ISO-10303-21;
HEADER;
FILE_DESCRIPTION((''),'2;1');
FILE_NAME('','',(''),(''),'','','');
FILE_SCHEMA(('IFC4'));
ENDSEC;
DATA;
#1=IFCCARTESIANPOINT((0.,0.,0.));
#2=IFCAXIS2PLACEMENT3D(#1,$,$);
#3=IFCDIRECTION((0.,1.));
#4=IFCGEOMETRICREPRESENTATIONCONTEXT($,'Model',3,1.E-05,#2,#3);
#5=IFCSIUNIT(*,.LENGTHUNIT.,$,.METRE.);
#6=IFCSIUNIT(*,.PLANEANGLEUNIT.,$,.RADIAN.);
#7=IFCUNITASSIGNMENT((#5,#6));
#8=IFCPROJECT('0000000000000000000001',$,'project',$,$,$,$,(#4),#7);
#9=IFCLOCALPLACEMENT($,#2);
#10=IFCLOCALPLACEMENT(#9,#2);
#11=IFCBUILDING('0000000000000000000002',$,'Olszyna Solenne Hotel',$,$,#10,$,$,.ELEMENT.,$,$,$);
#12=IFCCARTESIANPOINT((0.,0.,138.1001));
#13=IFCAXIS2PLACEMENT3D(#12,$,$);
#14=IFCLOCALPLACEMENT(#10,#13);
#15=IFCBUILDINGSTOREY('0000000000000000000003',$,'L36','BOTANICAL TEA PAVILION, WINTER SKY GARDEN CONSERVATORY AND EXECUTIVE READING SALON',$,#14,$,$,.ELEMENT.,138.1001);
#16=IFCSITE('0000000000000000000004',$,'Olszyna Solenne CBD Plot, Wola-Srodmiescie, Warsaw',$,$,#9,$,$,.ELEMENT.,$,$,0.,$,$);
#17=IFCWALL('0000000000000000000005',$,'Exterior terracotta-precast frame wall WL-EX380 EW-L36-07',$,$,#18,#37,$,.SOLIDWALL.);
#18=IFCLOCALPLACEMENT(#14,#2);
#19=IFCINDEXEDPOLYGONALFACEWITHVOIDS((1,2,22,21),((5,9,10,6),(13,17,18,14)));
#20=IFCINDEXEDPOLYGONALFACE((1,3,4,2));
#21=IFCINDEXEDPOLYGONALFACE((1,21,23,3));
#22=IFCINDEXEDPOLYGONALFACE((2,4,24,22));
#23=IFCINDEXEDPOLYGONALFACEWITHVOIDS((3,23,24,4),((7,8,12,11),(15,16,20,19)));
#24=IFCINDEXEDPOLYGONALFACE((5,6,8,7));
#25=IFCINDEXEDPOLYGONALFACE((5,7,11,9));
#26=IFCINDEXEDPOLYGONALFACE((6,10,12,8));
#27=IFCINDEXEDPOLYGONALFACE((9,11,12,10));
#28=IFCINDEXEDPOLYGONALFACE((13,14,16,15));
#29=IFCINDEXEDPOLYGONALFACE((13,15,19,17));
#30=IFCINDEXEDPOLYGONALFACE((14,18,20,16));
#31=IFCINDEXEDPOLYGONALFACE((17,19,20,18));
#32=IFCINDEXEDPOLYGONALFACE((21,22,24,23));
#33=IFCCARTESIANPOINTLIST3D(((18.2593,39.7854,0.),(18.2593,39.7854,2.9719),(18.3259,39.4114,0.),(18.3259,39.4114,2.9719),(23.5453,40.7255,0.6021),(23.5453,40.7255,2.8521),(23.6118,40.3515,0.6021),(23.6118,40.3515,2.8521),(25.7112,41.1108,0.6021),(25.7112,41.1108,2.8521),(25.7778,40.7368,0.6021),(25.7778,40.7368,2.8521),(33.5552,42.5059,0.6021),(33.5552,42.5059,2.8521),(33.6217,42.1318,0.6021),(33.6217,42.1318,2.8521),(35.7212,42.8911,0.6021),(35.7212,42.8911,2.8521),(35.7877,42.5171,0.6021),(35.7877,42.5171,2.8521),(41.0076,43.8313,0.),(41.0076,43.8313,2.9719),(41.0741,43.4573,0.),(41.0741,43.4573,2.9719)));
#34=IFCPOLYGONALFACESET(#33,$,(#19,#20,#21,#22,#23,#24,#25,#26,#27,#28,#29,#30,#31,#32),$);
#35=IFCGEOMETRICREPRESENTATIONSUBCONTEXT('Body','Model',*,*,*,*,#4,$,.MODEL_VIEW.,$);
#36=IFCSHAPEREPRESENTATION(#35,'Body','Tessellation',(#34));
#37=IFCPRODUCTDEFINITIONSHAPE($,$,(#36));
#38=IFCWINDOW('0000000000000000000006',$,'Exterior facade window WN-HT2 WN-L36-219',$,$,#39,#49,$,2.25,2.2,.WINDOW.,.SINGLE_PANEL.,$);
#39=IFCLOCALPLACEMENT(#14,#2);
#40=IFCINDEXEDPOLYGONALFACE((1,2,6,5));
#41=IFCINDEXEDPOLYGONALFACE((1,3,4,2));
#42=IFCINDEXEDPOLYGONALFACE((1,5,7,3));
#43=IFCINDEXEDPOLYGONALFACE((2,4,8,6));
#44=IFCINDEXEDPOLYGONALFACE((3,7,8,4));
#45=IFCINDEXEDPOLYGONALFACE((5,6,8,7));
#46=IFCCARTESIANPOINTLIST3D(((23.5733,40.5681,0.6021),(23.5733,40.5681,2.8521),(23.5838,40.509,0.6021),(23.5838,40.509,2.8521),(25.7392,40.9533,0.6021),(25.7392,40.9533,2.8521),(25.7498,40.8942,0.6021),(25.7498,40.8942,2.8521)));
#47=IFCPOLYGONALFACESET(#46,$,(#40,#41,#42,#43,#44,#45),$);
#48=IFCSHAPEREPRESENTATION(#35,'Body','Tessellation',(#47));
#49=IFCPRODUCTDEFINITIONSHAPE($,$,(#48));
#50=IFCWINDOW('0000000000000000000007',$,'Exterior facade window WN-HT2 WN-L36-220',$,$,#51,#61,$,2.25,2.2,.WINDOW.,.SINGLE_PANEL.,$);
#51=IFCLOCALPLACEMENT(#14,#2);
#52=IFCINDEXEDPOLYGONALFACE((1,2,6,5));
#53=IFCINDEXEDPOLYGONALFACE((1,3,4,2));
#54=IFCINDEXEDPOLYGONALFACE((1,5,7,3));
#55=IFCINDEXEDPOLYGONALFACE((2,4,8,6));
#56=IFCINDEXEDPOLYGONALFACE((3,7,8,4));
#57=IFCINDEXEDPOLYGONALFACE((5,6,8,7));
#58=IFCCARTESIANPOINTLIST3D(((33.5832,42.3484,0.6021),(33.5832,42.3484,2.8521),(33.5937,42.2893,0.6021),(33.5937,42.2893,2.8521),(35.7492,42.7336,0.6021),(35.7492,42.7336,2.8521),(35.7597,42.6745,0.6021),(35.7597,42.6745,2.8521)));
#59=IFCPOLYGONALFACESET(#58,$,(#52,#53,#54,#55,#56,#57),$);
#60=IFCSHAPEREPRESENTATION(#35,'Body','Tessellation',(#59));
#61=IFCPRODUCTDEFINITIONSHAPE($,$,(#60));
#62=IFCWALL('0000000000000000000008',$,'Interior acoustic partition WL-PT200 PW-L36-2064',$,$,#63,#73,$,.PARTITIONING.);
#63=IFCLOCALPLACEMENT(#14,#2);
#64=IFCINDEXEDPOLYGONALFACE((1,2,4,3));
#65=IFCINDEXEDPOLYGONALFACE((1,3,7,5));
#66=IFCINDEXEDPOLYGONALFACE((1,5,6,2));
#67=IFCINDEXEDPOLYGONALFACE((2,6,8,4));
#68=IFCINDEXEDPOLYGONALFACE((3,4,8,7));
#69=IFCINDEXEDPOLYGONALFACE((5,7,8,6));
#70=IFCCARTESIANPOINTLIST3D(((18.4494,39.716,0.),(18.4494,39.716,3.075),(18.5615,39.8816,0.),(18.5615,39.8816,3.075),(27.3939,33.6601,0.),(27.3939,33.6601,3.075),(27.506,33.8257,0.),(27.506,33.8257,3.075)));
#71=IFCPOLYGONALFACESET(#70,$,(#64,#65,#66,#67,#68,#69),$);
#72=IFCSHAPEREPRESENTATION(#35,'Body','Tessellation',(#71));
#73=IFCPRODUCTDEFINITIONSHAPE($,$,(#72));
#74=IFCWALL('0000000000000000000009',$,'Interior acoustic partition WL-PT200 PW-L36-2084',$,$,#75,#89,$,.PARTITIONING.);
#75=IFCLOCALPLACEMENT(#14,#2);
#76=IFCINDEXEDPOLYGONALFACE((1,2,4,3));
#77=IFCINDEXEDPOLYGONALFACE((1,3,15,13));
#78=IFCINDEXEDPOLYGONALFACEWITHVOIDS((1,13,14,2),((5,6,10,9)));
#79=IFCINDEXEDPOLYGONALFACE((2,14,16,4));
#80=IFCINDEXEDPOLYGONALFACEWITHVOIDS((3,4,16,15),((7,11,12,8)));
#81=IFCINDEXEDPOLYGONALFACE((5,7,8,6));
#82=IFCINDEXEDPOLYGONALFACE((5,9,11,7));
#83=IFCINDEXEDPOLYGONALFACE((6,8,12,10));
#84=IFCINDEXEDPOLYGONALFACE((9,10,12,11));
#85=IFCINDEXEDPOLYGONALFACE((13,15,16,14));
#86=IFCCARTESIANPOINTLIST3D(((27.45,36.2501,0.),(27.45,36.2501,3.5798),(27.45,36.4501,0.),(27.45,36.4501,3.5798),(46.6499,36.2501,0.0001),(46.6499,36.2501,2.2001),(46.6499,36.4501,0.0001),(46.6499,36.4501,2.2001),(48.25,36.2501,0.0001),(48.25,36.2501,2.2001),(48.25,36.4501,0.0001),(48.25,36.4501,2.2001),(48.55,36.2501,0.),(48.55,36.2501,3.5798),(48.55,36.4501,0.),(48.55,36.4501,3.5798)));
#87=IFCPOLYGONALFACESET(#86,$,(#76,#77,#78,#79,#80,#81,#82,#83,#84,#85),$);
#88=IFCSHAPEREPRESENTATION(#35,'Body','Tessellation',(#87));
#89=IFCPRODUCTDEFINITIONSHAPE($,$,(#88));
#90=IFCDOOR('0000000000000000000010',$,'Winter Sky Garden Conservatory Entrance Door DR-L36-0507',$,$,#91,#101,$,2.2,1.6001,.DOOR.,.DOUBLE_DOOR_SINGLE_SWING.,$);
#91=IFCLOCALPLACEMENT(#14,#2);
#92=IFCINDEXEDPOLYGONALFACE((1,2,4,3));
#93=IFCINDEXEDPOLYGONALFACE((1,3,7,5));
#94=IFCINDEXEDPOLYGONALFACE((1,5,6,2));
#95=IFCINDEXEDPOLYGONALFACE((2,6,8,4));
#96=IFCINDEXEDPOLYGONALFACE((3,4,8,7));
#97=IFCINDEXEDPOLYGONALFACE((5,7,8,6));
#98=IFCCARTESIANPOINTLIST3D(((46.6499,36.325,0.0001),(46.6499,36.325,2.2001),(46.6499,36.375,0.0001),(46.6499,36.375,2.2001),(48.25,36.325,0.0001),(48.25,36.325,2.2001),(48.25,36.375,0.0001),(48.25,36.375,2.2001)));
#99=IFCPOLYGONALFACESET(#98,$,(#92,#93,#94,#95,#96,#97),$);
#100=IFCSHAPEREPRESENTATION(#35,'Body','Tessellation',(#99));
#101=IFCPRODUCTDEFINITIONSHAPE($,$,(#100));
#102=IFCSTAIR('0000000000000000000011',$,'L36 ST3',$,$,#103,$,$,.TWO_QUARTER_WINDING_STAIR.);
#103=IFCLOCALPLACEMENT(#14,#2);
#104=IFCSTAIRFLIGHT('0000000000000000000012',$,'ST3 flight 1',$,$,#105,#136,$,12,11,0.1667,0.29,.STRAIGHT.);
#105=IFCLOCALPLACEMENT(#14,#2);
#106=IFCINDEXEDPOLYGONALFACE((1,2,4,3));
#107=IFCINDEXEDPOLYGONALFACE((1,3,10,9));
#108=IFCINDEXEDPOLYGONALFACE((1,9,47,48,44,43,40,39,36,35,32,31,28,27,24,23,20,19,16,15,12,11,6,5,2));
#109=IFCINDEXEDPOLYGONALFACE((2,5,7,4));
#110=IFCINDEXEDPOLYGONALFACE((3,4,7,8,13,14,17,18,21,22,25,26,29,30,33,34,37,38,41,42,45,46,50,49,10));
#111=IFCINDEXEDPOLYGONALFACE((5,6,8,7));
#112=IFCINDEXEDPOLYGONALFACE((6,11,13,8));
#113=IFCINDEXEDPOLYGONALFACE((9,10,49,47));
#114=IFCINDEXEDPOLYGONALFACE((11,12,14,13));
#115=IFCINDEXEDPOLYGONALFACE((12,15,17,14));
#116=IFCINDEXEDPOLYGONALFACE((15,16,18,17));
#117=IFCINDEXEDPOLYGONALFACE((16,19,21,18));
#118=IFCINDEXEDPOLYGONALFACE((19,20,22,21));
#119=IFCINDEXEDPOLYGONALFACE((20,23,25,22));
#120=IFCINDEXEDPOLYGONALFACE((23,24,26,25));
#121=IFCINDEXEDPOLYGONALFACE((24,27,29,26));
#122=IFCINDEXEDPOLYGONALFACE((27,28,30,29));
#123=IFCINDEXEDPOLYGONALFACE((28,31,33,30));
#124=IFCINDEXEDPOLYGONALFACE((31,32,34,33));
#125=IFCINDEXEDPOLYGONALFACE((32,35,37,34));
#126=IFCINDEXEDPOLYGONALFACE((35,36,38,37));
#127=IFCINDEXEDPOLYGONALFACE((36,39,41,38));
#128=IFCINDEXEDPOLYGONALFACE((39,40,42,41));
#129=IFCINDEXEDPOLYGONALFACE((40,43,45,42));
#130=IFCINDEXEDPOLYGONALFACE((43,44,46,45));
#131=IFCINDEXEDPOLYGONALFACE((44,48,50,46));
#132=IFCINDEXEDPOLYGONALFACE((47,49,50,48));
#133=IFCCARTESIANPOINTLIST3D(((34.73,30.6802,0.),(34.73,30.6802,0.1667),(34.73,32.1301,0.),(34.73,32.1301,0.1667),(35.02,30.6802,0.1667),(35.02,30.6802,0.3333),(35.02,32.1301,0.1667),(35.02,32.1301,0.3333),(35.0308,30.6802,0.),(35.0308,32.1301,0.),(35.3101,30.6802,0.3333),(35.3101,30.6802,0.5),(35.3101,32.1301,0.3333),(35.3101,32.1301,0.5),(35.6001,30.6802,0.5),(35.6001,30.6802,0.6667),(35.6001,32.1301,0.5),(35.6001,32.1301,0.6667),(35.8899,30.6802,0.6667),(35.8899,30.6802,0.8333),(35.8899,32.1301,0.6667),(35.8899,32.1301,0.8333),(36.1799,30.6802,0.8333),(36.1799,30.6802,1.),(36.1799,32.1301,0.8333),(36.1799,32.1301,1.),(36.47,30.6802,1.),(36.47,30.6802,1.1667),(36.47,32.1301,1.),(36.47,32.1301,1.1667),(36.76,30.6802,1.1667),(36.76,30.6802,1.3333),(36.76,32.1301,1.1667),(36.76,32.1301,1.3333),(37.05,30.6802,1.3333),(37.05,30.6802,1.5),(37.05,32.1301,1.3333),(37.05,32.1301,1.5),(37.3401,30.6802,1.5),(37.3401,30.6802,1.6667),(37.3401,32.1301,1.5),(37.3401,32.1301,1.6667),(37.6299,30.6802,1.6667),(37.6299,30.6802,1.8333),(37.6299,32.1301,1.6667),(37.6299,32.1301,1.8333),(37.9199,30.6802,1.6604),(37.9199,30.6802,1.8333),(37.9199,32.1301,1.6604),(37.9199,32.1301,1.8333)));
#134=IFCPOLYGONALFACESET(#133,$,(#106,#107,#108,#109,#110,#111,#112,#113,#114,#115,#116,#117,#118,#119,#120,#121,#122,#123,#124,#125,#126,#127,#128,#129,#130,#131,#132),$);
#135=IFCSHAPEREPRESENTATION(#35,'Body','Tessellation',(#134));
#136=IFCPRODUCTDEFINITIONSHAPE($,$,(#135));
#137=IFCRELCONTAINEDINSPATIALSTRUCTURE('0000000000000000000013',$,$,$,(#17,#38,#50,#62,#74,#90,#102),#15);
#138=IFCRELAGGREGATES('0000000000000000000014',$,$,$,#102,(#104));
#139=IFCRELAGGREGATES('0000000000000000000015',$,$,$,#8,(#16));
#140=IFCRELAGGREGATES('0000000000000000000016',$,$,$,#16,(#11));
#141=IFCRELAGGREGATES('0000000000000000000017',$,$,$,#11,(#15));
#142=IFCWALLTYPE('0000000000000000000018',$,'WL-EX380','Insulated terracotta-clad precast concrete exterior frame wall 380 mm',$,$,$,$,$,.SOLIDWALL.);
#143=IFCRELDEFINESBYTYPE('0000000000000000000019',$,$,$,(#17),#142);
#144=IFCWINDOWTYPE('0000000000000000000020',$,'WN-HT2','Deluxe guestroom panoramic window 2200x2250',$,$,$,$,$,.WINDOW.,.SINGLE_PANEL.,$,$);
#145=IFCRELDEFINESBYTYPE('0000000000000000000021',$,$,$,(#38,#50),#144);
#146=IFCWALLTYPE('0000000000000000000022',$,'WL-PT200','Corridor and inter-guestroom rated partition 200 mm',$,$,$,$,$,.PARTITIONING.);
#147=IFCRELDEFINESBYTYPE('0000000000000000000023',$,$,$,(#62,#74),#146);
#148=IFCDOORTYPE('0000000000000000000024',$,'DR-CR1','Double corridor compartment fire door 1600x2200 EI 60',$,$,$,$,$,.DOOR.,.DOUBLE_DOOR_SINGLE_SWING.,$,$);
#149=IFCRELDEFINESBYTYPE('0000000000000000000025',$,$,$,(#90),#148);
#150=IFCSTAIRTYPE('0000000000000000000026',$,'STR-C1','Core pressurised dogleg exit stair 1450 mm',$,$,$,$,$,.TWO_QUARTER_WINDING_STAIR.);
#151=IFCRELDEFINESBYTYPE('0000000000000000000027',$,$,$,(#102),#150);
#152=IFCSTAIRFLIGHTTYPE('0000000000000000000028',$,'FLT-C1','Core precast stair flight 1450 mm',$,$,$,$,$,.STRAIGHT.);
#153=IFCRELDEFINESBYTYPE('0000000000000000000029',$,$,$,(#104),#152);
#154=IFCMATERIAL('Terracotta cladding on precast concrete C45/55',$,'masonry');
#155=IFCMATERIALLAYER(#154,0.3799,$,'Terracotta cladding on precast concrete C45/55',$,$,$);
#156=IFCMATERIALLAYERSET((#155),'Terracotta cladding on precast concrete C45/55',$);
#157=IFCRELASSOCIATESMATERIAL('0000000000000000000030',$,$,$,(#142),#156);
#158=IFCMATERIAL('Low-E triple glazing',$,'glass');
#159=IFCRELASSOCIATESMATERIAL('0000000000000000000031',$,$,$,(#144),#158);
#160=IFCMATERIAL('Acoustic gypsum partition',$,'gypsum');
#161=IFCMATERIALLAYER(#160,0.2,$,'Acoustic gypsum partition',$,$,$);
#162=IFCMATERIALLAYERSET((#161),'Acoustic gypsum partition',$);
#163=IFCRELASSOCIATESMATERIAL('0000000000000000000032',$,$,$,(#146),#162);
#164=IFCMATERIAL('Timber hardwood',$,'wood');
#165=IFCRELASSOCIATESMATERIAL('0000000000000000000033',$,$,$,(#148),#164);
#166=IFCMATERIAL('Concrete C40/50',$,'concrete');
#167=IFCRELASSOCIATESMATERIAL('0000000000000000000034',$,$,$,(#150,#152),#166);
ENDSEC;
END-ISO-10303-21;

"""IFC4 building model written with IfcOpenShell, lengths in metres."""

from ifc_helpers import new_model, si_unit, direction, frame, frame_2d, origin, place, context, subcontext, project, spatial, polyline, rectangle, outline, extrude, source, transform, mapped, material, layer, layer_set, type_object, type_shapes, element, fill, aggregate, save


model = new_model("IFC4")

# Units and contexts
model_context = context("Model", 3, precision=1e-05, world=origin(), true_north=direction((0.0, 1.0)))
body_context = subcontext(model_context, "Body", "Model", "MODEL_VIEW")
ifc_project = project(units=[si_unit("LENGTHUNIT", "METRE"), si_unit("PLANEANGLEUNIT", "RADIAN")], contexts=[model_context])

# Site, building, storey
site_placement = place(None, origin())
site = spatial("IfcSite", under=ifc_project, at=site_placement, Name="Olszyna Solenne CBD Plot, Wola-Srodmiescie, Warsaw", CompositionType="ELEMENT", RefElevation=0.0)
building_placement = place(site_placement, origin())
building = spatial("IfcBuilding", under=site, at=building_placement, Name="Olszyna Solenne Hotel", CompositionType="ELEMENT")
storey_placement = place(building_placement, frame((0.0, 0.0, 138.1001)))
storey = spatial("IfcBuildingStorey", under=building, at=storey_placement, Name="L36", Description="BOTANICAL TEA PAVILION, WINTER SKY GARDEN CONSERVATORY AND EXECUTIVE READING SALON", CompositionType="ELEMENT", Elevation=138.1001)

# Shared definitions
ifc_material_1 = material(Name="Low-E triple glazing", Category="glass")

# Wall, openings, windows
ifc_material_2 = material(Name="Terracotta cladding on precast concrete C45/55", Category="masonry")
ifc_layer_1 = layer(ifc_material_2, 0.3799, Name="Terracotta cladding on precast concrete C45/55")
ifc_layer_set_1 = layer_set([ifc_layer_1], Name="Terracotta cladding on precast concrete C45/55")
wall_type_1 = type_object("IfcWallType", Name="WL-EX380", Description="Insulated terracotta-clad precast concrete exterior frame wall 380 mm", PredefinedType="SOLIDWALL", material=ifc_layer_set_1)
wall_1_placement = place(storey_placement, frame((18.2925, 39.5984, 0.0), z_axis=(0.0, 0.0, 1.0), x_axis=(0.984549, 0.175107, 0.0)))
wall_1 = element("IfcWall", 1, at=wall_1_placement, inside=storey, type_object=wall_type_1, Name="Exterior terracotta-precast frame wall WL-EX380 EW-L36-07", PredefinedType="SOLIDWALL", context=body_context, shape_type="SweptSolid", body=[
    extrude(rectangle(XDim=23.1052, YDim=0.3799, at=frame_2d((11.5527, 0.0))), origin(), (0.0, 0.0, 1.0), 2.9719),
])
opening_1_placement = place(wall_1_placement, frame((5.3689, 0.0, 0.6021)))
opening_1 = element("IfcOpeningElement", 2, at=opening_1_placement, cuts=wall_1, PredefinedType="OPENING", context=body_context, shape_type="SweptSolid", body=[
    extrude(rectangle(XDim=2.2, YDim=2.25, at=frame_2d((1.1001, 1.125))), frame((0.0, 0.2, 0.0), z_axis=(0.0, -1.0, 0.0), x_axis=(1.0, 0.0, 0.0)), (0.0, 0.0, 1.0), 0.3999),
])
opening_2_placement = place(wall_1_placement, frame((15.5359, 0.0, 0.6021)))
opening_2 = element("IfcOpeningElement", 3, at=opening_2_placement, cuts=wall_1, PredefinedType="OPENING", context=body_context, shape_type="SweptSolid", body=[
    extrude(rectangle(XDim=2.2, YDim=2.25, at=frame_2d((1.1001, 1.125))), frame((0.0, 0.2, 0.0), z_axis=(0.0, -1.0, 0.0), x_axis=(1.0, 0.0, 0.0)), (0.0, 0.0, 1.0), 0.3999),
])
window_type_1 = type_object("IfcWindowType", Name="WN-HT2", Description="Deluxe guestroom panoramic window 2200x2250", PartitioningType="SINGLE_PANEL", PredefinedType="WINDOW", material=ifc_material_1)
shared_shape_1 = source(origin(), body_context, "Body", "SweptSolid", [
    extrude(rectangle(XDim=2.2, YDim=2.25, at=frame_2d((1.1001, 1.125))), frame((0.0, 0.03, 0.0), z_axis=(0.0, -1.0, 0.0), x_axis=(1.0, 0.0, 0.0)), (0.0, 0.0, 1.0), 0.0601),
])
type_shapes(window_type_1, [shared_shape_1])
window_1_placement = place(opening_1_placement, origin())
window_1 = element("IfcWindow", 4, at=window_1_placement, inside=storey, type_object=window_type_1, Name="Exterior facade window WN-HT2 WN-L36-219", OverallHeight=2.25, OverallWidth=2.2, PartitioningType="SINGLE_PANEL", PredefinedType="WINDOW", context=body_context, shape_type="MappedRepresentation", body=[
    mapped(shared_shape_1, transform((0.0, 0.0, 0.0), x_axis=(1.0, 0.0, 0.0), y_axis=(0.0, 1.0, 0.0), z_axis=(0.0, 0.0, 1.0), scale=1.0)),
])
fill(opening_1, window_1)
window_2_placement = place(opening_2_placement, origin())
window_2 = element("IfcWindow", 5, at=window_2_placement, inside=storey, type_object=window_type_1, Name="Exterior facade window WN-HT2 WN-L36-220", OverallHeight=2.25, OverallWidth=2.2, PartitioningType="SINGLE_PANEL", PredefinedType="WINDOW", context=body_context, shape_type="MappedRepresentation", body=[
    mapped(shared_shape_1, transform((0.0, 0.0, 0.0), x_axis=(1.0, 0.0, 0.0), y_axis=(0.0, 1.0, 0.0), z_axis=(0.0, 0.0, 1.0), scale=1.0)),
])
fill(opening_2, window_2)

# Wall
ifc_material_3 = material(Name="Acoustic gypsum partition", Category="gypsum")
ifc_layer_2 = layer(ifc_material_3, 0.2, Name="Acoustic gypsum partition")
ifc_layer_set_2 = layer_set([ifc_layer_2], Name="Acoustic gypsum partition")
wall_type_2 = type_object("IfcWallType", Name="WL-PT200", Description="Corridor and inter-guestroom rated partition 200 mm", PredefinedType="PARTITIONING", material=ifc_layer_set_2)
wall_2_placement = place(storey_placement, frame((27.45, 33.7429, 0.0), z_axis=(0.0, 0.0, 1.0), x_axis=(-0.828062, 0.560637, 0.0)))
element("IfcWall", 6, at=wall_2_placement, inside=storey, type_object=wall_type_2, Name="Interior acoustic partition WL-PT200 PW-L36-2064", PredefinedType="PARTITIONING", context=body_context, shape_type="SweptSolid", body=[
    extrude(rectangle(XDim=10.8018, YDim=0.2, at=frame_2d((5.4009, 0.0))), origin(), (0.0, 0.0, 1.0), 3.075),
])

# Wall, opening, door
wall_3_placement = place(storey_placement, frame((27.45, 36.3501, 0.0), z_axis=(0.0, 0.0, 1.0), x_axis=(1.0, 0.0, 0.0)))
wall_3 = element("IfcWall", 7, at=wall_3_placement, inside=storey, type_object=wall_type_2, Name="Interior acoustic partition WL-PT200 PW-L36-2084", PredefinedType="PARTITIONING", context=body_context, shape_type="SweptSolid", body=[
    extrude(rectangle(XDim=21.1001, YDim=0.2, at=frame_2d((10.55, 0.0))), origin(), (0.0, 0.0, 1.0), 3.5798),
])
opening_3_placement = place(wall_3_placement, frame((19.2, 0.0, 0.0)))
opening_3 = element("IfcOpeningElement", 8, at=opening_3_placement, cuts=wall_3, PredefinedType="OPENING", context=body_context, shape_type="SweptSolid", body=[
    extrude(rectangle(XDim=1.6001, YDim=2.2, at=frame_2d((0.8, 1.1001))), frame((0.0, 0.1099, 0.0), z_axis=(0.0, -1.0, 0.0), x_axis=(1.0, 0.0, 0.0)), (0.0, 0.0, 1.0), 0.22),
])
ifc_material_4 = material(Name="Timber hardwood", Category="wood")
door_type_1 = type_object("IfcDoorType", Name="DR-CR1", Description="Double corridor compartment fire door 1600x2200 EI 60", OperationType="DOUBLE_DOOR_SINGLE_SWING", PredefinedType="DOOR", material=ifc_material_4)
shared_shape_2 = source(origin(), body_context, "Body", "SweptSolid", [
    extrude(rectangle(XDim=1.6001, YDim=2.2, at=frame_2d((0.8, 1.1001))), frame((0.0, 0.0249, 0.0), z_axis=(0.0, -1.0, 0.0), x_axis=(1.0, 0.0, 0.0)), (0.0, 0.0, 1.0), 0.05),
])
type_shapes(door_type_1, [shared_shape_2])
door_1_placement = place(opening_3_placement, origin())
door_1 = element("IfcDoor", 9, at=door_1_placement, inside=storey, type_object=door_type_1, Name="Winter Sky Garden Conservatory Entrance Door DR-L36-0507", OperationType="DOUBLE_DOOR_SINGLE_SWING", OverallHeight=2.2, OverallWidth=1.6001, PredefinedType="DOOR", context=body_context, shape_type="MappedRepresentation", body=[
    mapped(shared_shape_2, transform((0.0, 0.0, 0.0), x_axis=(1.0, 0.0, 0.0), y_axis=(0.0, 1.0, 0.0), z_axis=(0.0, 0.0, 1.0), scale=1.0)),
])
fill(opening_3, door_1)

# Stair, stair flight
ifc_material_5 = material(Name="Concrete C40/50", Category="concrete")
stair_type = type_object("IfcStairType", Name="STR-C1", Description="Core pressurised dogleg exit stair 1450 mm", PredefinedType="TWO_QUARTER_WINDING_STAIR", material=ifc_material_5)
stair_placement = place(storey_placement, origin())
stair = element("IfcStair", 10, at=stair_placement, inside=storey, type_object=stair_type, Name="L36 ST3", PredefinedType="TWO_QUARTER_WINDING_STAIR")
stair_flight_type = type_object("IfcStairFlightType", Name="FLT-C1", Description="Core precast stair flight 1450 mm", PredefinedType="STRAIGHT", material=ifc_material_5)
stair_flight_placement = place(storey_placement, frame((34.73, 31.405, 0.0), z_axis=(0.0, 0.0, 1.0), x_axis=(1.0, 0.0, 0.0)))
stair_flight = element("IfcStairFlight", 11, at=stair_flight_placement, type_object=stair_flight_type, Name="ST3 flight 1", NumberOfRisers=12, NumberOfTreads=11, PredefinedType="STRAIGHT", RiserHeight=0.1667, TreadLength=0.29, context=body_context, shape_type="SweptSolid", body=[
    extrude(outline(polyline([(0.0, 0.0), (0.0, 0.1667), (0.29, 0.1667), (0.29, 0.3333), (0.5801, 0.3333), (0.5801, 0.5), (0.8701, 0.5), (0.8701, 0.6667), (1.1599, 0.6667), (1.1599, 0.8333), (1.45, 0.8333), (1.45, 1.0), (1.74, 1.0), (1.74, 1.1667), (2.03, 1.1667), (2.03, 1.3333), (2.3201, 1.3333), (2.3201, 1.5), (2.6101, 1.5), (2.6101, 1.6667), (2.8999, 1.6667), (2.8999, 1.8333), (3.1899, 1.8333), (3.1899, 2.0), (3.1899, 1.6604), (0.3008, 0.0), (0.0, 0.0)])), frame((0.0, 0.7251, 0.0), z_axis=(0.0, -1.0, 0.0), x_axis=(1.0, 0.0, 0.0)), (0.0, 0.0, 1.0), 1.45),
])
aggregate(stair, [stair_flight])

save(model, "model.ifc")
